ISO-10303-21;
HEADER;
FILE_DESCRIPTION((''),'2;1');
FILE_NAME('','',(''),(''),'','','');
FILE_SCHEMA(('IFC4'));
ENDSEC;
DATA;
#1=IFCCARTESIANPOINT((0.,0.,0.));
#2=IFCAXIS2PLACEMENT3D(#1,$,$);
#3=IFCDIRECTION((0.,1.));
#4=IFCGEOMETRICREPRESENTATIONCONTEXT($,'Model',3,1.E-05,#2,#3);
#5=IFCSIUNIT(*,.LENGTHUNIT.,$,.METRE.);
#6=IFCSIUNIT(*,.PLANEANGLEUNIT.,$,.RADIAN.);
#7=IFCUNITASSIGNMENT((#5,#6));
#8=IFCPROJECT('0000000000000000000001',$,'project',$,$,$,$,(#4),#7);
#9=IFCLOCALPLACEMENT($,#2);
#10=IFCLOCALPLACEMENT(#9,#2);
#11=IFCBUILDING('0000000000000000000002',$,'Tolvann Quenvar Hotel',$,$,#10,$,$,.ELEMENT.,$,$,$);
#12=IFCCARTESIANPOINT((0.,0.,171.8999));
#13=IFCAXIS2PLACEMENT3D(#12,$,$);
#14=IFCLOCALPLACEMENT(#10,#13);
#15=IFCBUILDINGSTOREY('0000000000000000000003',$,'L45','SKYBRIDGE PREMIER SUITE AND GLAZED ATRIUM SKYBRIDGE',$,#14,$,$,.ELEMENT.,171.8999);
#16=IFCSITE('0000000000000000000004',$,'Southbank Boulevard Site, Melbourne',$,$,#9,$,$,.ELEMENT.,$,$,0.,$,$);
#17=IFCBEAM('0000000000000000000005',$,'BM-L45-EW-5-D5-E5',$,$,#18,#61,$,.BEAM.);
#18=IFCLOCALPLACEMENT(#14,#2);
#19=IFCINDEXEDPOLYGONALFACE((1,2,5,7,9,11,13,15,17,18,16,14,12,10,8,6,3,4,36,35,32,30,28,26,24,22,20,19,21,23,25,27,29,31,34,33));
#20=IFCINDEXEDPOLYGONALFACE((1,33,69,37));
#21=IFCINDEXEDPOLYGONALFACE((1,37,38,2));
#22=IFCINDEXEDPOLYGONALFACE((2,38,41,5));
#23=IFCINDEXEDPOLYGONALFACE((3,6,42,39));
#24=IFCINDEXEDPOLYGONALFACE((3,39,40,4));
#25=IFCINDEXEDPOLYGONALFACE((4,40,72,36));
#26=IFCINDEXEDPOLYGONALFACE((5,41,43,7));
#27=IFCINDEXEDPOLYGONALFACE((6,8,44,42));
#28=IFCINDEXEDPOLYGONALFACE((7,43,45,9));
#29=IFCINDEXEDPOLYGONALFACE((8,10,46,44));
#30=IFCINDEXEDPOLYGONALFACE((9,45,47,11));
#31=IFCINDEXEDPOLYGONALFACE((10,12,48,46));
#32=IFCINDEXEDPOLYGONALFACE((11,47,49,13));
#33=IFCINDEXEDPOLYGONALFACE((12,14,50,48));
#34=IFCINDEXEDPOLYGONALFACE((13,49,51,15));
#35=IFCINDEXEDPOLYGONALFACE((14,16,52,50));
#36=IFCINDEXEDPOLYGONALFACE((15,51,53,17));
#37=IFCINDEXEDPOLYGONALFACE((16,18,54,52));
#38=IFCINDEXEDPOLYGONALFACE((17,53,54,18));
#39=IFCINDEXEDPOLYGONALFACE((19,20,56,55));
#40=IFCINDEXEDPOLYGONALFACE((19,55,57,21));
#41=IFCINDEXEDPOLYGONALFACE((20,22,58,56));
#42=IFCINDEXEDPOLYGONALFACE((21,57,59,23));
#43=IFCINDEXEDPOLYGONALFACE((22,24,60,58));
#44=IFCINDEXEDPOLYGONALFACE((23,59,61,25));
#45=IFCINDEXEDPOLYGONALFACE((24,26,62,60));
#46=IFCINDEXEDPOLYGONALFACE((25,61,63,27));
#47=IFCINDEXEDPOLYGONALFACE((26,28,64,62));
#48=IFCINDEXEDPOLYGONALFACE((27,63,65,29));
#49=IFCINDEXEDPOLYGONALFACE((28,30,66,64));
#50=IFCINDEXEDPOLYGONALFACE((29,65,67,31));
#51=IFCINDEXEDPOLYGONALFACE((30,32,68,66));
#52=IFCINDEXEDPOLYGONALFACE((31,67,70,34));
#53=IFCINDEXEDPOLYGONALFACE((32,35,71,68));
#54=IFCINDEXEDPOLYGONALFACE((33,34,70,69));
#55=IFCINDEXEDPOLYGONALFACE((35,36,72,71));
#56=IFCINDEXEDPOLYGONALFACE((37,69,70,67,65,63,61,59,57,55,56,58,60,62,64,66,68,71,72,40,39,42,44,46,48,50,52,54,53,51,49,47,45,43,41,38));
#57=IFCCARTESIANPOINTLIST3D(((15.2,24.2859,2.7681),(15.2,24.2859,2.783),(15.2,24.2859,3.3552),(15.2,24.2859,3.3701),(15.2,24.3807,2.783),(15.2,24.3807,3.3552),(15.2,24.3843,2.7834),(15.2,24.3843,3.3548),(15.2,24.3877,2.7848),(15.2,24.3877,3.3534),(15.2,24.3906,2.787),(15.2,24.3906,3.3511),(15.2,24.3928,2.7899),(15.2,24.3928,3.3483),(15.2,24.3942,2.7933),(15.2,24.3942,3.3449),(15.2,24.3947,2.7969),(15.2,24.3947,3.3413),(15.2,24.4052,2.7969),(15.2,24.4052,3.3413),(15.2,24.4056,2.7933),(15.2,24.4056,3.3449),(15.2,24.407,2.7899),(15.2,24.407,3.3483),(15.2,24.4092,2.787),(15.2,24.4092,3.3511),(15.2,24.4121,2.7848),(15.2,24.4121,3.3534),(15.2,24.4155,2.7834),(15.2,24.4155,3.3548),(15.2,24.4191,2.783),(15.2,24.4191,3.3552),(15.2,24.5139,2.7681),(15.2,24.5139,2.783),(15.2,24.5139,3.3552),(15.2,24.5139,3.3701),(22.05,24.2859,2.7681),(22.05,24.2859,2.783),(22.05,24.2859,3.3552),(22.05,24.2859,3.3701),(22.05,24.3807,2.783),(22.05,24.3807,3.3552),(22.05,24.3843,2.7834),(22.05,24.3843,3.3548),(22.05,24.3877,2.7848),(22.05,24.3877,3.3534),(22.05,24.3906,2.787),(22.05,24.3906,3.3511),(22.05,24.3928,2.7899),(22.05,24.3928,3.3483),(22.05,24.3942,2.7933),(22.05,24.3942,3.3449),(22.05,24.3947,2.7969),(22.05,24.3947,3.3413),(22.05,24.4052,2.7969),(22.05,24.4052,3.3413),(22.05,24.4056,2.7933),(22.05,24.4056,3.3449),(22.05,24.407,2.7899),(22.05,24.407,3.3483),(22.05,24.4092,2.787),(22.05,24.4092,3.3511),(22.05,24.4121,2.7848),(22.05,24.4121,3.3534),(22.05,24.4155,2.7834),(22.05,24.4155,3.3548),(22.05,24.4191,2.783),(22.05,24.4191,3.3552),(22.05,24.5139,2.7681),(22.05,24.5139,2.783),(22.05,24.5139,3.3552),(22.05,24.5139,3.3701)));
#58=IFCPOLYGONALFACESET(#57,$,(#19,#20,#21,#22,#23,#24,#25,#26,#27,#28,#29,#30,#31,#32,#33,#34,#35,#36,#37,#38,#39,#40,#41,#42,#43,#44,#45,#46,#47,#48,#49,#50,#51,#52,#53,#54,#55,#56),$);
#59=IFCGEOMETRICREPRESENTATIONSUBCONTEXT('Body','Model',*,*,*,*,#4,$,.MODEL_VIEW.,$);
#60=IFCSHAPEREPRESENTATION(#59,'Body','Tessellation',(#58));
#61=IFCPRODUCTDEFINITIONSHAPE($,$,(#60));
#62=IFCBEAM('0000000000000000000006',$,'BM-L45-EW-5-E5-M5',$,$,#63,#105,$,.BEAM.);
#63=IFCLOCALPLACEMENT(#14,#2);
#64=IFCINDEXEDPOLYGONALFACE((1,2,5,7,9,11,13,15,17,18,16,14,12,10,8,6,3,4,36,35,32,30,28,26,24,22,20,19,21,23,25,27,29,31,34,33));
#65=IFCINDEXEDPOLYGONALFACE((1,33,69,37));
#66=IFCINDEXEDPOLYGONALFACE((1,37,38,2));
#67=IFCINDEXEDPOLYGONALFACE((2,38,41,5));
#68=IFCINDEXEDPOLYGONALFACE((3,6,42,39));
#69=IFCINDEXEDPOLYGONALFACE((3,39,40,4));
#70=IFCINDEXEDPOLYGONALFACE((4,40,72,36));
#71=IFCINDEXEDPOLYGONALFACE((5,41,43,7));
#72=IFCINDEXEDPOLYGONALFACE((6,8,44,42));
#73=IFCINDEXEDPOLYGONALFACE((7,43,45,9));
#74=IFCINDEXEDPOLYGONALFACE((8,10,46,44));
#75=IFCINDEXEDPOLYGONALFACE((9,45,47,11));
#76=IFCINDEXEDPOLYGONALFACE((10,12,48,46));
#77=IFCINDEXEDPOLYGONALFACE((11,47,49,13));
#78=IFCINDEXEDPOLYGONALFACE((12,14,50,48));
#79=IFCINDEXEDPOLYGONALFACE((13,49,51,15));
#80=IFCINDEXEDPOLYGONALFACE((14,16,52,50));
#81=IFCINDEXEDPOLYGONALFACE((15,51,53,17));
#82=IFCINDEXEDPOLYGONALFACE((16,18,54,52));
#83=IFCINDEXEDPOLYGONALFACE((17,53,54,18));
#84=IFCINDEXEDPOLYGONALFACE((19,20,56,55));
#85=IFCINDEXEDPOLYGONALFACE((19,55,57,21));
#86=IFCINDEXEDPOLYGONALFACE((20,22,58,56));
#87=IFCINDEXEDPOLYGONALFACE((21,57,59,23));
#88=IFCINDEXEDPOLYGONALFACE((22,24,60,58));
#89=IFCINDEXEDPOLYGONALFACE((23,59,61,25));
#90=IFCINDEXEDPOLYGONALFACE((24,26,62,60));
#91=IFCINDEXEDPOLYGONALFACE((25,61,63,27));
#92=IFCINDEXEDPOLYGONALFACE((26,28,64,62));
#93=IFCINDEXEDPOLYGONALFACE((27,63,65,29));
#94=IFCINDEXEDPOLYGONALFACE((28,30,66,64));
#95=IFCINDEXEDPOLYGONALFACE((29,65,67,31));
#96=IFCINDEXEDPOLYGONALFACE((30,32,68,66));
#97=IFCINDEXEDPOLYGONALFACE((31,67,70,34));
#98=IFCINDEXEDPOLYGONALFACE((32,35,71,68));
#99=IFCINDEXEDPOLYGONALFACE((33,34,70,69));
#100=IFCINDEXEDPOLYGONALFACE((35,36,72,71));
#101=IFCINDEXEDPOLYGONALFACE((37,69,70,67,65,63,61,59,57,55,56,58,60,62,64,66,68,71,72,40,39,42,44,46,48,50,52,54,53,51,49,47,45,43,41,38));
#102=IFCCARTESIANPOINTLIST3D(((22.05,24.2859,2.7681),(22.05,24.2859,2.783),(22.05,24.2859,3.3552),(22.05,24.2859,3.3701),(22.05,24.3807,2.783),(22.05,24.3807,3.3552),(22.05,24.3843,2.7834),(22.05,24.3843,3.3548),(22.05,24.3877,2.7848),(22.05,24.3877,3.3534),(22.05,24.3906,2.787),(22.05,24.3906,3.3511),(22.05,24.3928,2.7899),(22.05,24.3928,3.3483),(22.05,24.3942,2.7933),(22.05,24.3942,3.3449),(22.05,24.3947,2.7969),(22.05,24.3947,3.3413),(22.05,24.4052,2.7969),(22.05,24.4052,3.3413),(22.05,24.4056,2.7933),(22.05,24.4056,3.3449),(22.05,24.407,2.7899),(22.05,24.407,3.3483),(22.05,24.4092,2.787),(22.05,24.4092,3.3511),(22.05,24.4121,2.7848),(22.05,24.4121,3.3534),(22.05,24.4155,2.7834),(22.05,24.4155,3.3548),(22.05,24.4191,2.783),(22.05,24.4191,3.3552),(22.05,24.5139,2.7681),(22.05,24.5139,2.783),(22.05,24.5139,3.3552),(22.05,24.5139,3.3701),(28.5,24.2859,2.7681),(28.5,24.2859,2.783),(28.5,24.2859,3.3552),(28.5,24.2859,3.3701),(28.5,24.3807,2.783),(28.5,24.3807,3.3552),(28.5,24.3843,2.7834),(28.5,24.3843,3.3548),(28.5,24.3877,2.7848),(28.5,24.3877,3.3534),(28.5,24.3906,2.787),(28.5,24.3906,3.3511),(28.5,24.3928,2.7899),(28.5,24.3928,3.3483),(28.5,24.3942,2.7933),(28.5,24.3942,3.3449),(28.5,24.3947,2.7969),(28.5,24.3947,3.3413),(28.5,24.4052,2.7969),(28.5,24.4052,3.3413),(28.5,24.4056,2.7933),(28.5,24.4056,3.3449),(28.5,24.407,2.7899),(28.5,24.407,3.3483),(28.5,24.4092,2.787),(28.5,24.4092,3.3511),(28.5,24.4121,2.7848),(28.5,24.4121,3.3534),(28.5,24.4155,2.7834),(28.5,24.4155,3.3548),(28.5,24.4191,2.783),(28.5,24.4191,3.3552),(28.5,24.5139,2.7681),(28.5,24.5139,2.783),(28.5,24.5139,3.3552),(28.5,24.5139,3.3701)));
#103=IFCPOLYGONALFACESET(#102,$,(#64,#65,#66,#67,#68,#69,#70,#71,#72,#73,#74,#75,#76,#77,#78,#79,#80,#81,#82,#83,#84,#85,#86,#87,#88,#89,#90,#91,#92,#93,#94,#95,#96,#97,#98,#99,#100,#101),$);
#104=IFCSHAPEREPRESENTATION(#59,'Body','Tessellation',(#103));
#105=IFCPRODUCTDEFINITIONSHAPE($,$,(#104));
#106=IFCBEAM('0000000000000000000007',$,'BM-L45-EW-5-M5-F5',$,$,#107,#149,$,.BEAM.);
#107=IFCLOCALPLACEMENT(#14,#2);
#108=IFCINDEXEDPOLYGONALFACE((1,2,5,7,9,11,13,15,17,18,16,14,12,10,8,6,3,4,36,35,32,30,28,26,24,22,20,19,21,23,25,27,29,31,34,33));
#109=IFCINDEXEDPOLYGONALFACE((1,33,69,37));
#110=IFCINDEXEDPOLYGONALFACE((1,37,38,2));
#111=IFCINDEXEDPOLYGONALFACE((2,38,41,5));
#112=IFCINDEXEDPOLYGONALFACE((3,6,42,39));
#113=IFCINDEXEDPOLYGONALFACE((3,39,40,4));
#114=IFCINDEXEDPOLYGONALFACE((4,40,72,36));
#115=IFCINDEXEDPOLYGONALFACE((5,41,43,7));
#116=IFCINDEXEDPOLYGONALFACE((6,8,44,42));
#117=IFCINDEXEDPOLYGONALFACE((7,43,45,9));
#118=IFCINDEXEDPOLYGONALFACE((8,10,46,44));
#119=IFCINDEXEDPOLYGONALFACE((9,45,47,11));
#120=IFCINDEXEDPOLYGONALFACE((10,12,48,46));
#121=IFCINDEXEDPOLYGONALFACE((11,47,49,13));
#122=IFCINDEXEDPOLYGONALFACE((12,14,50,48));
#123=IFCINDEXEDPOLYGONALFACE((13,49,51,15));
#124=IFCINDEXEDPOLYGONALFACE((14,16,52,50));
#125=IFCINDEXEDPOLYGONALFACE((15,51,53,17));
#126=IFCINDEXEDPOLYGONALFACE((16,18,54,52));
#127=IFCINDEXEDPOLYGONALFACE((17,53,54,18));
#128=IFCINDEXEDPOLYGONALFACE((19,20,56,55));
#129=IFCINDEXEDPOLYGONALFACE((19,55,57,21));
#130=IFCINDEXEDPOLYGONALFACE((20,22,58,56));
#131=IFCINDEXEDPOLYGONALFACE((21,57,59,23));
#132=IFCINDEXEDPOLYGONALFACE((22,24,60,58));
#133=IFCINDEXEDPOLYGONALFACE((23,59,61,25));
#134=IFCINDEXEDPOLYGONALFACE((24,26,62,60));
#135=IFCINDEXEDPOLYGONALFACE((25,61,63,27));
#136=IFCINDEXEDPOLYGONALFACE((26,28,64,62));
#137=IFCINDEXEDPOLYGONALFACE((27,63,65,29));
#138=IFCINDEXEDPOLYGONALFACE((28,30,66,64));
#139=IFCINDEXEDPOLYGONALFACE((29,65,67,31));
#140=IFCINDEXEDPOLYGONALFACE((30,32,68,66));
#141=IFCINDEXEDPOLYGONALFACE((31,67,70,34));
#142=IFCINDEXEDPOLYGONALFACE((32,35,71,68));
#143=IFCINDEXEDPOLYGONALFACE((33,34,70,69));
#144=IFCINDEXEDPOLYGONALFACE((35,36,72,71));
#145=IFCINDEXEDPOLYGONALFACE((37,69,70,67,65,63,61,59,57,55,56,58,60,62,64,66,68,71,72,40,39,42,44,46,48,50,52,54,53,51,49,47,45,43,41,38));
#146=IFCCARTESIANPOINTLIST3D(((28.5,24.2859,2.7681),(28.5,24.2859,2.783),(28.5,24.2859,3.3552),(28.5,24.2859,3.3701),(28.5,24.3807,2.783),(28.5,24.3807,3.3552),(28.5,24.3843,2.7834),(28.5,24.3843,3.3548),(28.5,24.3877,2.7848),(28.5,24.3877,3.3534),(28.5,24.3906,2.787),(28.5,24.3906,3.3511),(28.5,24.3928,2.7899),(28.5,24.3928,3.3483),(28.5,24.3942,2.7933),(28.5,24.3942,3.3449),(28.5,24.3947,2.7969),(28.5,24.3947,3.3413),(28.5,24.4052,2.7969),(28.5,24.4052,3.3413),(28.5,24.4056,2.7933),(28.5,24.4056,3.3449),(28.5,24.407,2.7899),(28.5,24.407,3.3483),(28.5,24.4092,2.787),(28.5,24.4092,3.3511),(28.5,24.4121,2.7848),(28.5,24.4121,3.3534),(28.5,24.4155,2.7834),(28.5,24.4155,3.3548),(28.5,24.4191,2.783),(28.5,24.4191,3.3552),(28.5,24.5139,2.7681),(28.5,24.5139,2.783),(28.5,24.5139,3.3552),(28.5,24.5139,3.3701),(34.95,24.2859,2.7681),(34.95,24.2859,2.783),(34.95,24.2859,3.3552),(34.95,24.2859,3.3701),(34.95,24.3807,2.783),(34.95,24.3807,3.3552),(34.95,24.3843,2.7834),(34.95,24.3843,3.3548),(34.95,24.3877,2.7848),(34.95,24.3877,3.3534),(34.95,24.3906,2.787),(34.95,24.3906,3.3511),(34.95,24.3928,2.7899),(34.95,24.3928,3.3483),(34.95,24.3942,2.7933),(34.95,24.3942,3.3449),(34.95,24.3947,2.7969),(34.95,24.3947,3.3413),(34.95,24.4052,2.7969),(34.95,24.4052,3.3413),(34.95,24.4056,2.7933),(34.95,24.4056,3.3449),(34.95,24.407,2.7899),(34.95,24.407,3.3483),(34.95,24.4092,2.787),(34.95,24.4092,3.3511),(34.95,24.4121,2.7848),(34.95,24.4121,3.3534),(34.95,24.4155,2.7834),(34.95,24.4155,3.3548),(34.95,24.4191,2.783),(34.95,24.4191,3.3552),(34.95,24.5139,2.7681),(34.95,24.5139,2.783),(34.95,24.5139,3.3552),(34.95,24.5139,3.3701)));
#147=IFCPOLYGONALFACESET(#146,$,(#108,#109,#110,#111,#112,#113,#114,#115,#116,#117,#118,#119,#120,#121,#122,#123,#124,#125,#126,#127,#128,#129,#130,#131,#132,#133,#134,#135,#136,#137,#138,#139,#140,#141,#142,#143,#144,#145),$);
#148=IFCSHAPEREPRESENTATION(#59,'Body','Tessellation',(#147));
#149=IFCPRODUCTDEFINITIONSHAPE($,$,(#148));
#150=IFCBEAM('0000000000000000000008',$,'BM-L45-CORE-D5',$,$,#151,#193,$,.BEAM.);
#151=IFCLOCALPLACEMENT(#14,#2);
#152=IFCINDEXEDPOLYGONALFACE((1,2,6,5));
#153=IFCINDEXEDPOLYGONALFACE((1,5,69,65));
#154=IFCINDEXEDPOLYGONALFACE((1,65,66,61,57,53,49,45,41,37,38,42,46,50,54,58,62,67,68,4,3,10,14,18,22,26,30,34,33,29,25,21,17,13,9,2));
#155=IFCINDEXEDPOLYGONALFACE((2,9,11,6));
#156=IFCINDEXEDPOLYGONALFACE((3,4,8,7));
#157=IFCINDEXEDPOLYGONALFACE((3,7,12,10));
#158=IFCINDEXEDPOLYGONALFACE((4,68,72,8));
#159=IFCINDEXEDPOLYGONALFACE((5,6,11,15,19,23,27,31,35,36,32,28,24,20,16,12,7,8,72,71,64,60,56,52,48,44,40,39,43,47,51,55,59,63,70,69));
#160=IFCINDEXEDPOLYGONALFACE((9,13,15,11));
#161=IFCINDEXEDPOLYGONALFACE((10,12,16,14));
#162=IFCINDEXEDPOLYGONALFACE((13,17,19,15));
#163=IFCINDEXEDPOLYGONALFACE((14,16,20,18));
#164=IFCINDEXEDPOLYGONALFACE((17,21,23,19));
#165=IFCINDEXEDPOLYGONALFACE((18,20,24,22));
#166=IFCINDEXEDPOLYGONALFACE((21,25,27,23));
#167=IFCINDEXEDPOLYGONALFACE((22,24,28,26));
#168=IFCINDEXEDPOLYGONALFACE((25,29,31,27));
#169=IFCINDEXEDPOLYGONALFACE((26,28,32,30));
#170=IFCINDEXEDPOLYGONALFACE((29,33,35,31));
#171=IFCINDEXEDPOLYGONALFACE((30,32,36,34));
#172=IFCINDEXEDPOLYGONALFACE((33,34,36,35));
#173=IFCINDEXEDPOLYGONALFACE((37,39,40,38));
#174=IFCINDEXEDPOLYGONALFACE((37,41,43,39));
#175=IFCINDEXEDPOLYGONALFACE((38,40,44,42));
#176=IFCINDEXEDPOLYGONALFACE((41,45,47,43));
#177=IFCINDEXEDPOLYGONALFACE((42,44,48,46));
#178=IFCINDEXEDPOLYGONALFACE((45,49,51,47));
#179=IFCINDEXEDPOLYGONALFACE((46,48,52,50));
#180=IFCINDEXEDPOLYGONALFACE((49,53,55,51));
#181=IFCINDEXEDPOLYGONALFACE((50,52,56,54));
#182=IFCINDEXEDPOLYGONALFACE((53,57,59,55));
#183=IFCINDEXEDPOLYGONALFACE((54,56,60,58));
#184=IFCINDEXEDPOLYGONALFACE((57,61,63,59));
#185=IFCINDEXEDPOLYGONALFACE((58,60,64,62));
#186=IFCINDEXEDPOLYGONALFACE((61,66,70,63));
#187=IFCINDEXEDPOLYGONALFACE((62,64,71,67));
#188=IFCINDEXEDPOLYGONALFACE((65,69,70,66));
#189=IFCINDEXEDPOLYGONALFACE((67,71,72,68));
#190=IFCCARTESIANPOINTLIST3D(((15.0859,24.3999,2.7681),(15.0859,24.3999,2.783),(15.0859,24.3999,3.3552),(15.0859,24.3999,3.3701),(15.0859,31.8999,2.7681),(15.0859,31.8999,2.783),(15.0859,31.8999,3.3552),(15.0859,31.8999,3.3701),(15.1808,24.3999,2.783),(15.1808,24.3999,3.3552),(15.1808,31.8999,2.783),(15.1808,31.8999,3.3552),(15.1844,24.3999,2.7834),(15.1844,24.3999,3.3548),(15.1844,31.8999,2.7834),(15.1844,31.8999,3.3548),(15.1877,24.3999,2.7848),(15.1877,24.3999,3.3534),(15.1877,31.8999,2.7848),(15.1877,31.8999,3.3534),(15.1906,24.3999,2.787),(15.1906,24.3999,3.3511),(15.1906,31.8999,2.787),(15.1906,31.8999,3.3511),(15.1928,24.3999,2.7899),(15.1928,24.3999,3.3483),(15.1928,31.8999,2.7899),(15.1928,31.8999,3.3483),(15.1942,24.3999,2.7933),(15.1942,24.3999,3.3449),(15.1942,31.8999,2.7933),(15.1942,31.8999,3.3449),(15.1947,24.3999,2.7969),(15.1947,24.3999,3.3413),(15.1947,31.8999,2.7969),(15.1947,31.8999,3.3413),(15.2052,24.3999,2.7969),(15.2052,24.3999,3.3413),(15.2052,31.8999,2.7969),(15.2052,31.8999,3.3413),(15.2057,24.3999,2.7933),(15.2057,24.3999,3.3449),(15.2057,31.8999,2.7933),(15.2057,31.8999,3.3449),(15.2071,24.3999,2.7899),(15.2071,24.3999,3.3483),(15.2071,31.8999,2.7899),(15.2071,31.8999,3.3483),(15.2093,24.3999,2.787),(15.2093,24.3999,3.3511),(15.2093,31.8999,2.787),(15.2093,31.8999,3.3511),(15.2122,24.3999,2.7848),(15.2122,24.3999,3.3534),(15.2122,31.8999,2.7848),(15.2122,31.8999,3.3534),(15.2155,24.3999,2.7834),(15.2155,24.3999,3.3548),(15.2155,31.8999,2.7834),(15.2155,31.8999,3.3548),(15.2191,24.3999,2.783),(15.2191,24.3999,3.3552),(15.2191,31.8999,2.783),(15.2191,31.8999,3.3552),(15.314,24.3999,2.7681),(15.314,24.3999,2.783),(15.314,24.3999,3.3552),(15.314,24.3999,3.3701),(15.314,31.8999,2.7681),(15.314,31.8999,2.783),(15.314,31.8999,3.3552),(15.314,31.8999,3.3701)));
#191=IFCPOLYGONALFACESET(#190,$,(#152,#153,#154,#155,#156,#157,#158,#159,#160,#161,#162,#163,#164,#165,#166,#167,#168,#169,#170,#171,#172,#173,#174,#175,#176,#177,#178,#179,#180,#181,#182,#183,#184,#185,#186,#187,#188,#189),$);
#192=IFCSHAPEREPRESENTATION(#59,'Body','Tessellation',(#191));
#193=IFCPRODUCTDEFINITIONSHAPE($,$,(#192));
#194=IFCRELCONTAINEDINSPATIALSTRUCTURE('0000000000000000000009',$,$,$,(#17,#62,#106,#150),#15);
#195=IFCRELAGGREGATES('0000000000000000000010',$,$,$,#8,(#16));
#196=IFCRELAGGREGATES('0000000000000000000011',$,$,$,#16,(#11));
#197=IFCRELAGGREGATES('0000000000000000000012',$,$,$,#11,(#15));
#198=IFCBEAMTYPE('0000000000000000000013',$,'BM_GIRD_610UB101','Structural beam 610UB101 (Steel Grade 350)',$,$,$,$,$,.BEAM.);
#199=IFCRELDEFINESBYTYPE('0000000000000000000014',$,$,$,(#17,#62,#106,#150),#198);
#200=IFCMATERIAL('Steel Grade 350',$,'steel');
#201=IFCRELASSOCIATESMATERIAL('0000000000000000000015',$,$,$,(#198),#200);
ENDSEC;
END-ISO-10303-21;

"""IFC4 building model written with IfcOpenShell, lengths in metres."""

from ifc_helpers import new_model, si_unit, direction, frame, origin, origin_2d, place, context, subcontext, project, spatial, i_section, extrude, source, transform, mapped, material, material_profile, profile_set, type_object, type_shapes, element, save


model = new_model("IFC4")

# Units and contexts
model_context = context("Model", 3, precision=1e-05, world=origin(), true_north=direction((0.0, 1.0)))
body_context = subcontext(model_context, "Body", "Model", "MODEL_VIEW")
ifc_project = project(units=[si_unit("LENGTHUNIT", "METRE"), si_unit("PLANEANGLEUNIT", "RADIAN")], contexts=[model_context])

# Site, building, storey
site_placement = place(None, origin())
site = spatial("IfcSite", under=ifc_project, at=site_placement, Name="Southbank Boulevard Site, Melbourne", CompositionType="ELEMENT", RefElevation=0.0)
building_placement = place(site_placement, origin())
building = spatial("IfcBuilding", under=site, at=building_placement, Name="Tolvann Quenvar Hotel", CompositionType="ELEMENT")
storey_placement = place(building_placement, frame((0.0, 0.0, 171.8999)))
storey = spatial("IfcBuildingStorey", under=building, at=storey_placement, Name="L45", Description="SKYBRIDGE PREMIER SUITE AND GLAZED ATRIUM SKYBRIDGE", CompositionType="ELEMENT", Elevation=171.8999)

# Shared definitions
ifc_material_1 = material(Name="Steel Grade 350", Category="steel")

# Beams
ifc_material_profile_1 = material_profile(ifc_material_1, i_section(OverallWidth=0.228, OverallDepth=0.6021, WebThickness=0.0105, FlangeThickness=0.0149, FilletRadius=0.0139, at=origin_2d()), Name="610UB101")
ifc_profile_set_1 = profile_set([ifc_material_profile_1], Name="Steel Grade 350")
beam_type_1 = type_object("IfcBeamType", Name="BM_GIRD_610UB101", Description="Structural beam 610UB101 (Steel Grade 350)", PredefinedType="BEAM", material=ifc_profile_set_1)
shared_shape_1 = source(origin(), body_context, "Body", "SweptSolid", [
    extrude(i_section(OverallWidth=0.228, OverallDepth=0.6021, WebThickness=0.0105, FlangeThickness=0.0149, FilletRadius=0.0139, at=origin_2d()), origin(), (0.0, 0.0, 1.0), 6.8501),
])
beam_1_placement = place(storey_placement, frame((15.2, 24.3999, 3.0691), z_axis=(1.0, 0.0, 0.0), x_axis=(0.0, 1.0, 0.0)))
element("IfcBeam", 1, at=beam_1_placement, inside=storey, type_object=beam_type_1, Name="BM-L45-EW-5-D5-E5", PredefinedType="BEAM", context=body_context, shape_type="MappedRepresentation", body=[
    mapped(shared_shape_1, transform((0.0, 0.0, 0.0), x_axis=(1.0, 0.0, 0.0), y_axis=(0.0, 1.0, 0.0), z_axis=(0.0, 0.0, 1.0), scale=1.0)),
])
shared_shape_2 = source(origin(), body_context, "Body", "SweptSolid", [
    extrude(i_section(OverallWidth=0.228, OverallDepth=0.6021, WebThickness=0.0105, FlangeThickness=0.0149, FilletRadius=0.0139, at=origin_2d()), origin(), (0.0, 0.0, 1.0), 6.45),
])
for number, where, z_axis, x_axis, name in (
    (2, (22.05, 24.3999, 3.0691), (1.0, 0.0, 0.0), (0.0, 1.0, 0.0), "BM-L45-EW-5-E5-M5"),
    (3, (28.5, 24.3999, 3.0691), (1.0, 0.0, 0.0), (0.0, 1.0, 0.0), "BM-L45-EW-5-M5-F5"),
):
    element("IfcBeam", number, at=place(storey_placement, frame(where, z_axis=z_axis, x_axis=x_axis)), inside=storey, type_object=beam_type_1, Name=name, PredefinedType="BEAM", context=body_context, shape_type="MappedRepresentation", body=[
        mapped(shared_shape_2, transform((0.0, 0.0, 0.0), x_axis=(1.0, 0.0, 0.0), y_axis=(0.0, 1.0, 0.0), z_axis=(0.0, 0.0, 1.0), scale=1.0)),
    ])
shared_shape_3 = source(origin(), body_context, "Body", "SweptSolid", [
    extrude(i_section(OverallWidth=0.228, OverallDepth=0.6021, WebThickness=0.0105, FlangeThickness=0.0149, FilletRadius=0.0139, at=origin_2d()), origin(), (0.0, 0.0, 1.0), 7.5),
])
type_shapes(beam_type_1, [shared_shape_1, shared_shape_2, shared_shape_3])
for number, where, z_axis, x_axis, name in (
    (4, (15.2, 24.3999, 3.0691), (0.0, 1.0, 0.0), (-1.0, 0.0, 0.0), "BM-L45-CORE-D5"),
):
    element("IfcBeam", number, at=place(storey_placement, frame(where, z_axis=z_axis, x_axis=x_axis)), inside=storey, type_object=beam_type_1, Name=name, PredefinedType="BEAM", context=body_context, shape_type="MappedRepresentation", body=[
        mapped(shared_shape_3, transform((0.0, 0.0, 0.0), x_axis=(1.0, 0.0, 0.0), y_axis=(0.0, 1.0, 0.0), z_axis=(0.0, 0.0, 1.0), scale=1.0)),
    ])

save(model, "model.ifc")
